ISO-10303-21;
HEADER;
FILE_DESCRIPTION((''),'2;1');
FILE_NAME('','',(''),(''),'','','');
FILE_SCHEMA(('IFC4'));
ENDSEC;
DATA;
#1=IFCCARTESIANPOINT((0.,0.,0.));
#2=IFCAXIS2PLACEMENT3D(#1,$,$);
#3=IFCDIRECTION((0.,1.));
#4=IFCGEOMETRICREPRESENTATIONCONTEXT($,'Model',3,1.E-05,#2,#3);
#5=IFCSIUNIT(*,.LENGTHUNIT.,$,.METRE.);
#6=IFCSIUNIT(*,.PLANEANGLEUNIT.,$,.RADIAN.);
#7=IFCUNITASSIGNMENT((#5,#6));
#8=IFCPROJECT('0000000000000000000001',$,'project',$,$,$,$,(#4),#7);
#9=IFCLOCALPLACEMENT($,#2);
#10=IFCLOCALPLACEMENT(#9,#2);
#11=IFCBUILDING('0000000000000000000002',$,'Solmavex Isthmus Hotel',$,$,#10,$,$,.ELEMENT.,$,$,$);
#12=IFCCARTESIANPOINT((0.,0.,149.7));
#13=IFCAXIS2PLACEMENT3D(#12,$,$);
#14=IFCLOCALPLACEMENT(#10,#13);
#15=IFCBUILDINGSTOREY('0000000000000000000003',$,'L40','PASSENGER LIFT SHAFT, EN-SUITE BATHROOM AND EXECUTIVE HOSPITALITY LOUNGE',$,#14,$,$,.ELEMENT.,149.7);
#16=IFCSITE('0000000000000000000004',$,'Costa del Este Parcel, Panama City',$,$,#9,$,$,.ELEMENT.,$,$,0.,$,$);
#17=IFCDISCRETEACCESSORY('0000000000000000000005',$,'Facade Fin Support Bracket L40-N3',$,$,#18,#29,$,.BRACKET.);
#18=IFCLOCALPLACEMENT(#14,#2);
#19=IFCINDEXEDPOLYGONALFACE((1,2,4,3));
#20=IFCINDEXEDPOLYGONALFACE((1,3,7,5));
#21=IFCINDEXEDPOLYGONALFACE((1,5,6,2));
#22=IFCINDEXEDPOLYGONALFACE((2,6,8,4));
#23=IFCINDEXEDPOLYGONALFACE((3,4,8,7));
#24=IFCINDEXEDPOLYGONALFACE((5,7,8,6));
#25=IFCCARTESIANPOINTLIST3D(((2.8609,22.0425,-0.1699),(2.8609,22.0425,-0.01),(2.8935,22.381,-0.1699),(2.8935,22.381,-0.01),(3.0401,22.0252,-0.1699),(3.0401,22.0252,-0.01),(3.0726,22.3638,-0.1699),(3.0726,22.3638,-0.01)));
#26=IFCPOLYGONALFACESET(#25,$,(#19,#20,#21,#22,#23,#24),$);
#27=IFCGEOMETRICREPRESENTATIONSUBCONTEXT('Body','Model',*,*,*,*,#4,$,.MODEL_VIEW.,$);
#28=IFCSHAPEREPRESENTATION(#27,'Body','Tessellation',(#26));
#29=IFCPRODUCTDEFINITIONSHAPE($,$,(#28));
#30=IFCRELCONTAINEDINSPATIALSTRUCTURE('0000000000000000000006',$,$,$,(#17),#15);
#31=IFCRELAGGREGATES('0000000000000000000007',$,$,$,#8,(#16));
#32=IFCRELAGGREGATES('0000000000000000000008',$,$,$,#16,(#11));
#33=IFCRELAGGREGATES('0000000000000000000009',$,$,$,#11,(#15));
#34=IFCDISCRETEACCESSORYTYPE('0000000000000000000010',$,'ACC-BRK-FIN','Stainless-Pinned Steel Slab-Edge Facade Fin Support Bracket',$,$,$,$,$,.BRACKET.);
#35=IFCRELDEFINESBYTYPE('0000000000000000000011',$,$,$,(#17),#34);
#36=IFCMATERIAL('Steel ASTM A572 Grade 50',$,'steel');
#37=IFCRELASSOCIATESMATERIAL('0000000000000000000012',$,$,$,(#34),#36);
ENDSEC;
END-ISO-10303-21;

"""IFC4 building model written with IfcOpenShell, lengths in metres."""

from ifc_helpers import new_model, si_unit, direction, frame, origin, origin_2d, place, context, subcontext, project, spatial, rectangle, extrude, material, type_object, element, save


model = new_model("IFC4")

# Units and contexts
model_context = context("Model", 3, precision=1e-05, world=origin(), true_north=direction((0.0, 1.0)))
body_context = subcontext(model_context, "Body", "Model", "MODEL_VIEW")
ifc_project = project(units=[si_unit("LENGTHUNIT", "METRE"), si_unit("PLANEANGLEUNIT", "RADIAN")], contexts=[model_context])

# Site, building, storey
site_placement = place(None, origin())
site = spatial("IfcSite", under=ifc_project, at=site_placement, Name="Costa del Este Parcel, Panama City", CompositionType="ELEMENT", RefElevation=0.0)
building_placement = place(site_placement, origin())
building = spatial("IfcBuilding", under=site, at=building_placement, Name="Solmavex Isthmus Hotel", CompositionType="ELEMENT")
storey_placement = place(building_placement, frame((0.0, 0.0, 149.7)))
storey = spatial("IfcBuildingStorey", under=building, at=storey_placement, Name="L40", Description="PASSENGER LIFT SHAFT, EN-SUITE BATHROOM AND EXECUTIVE HOSPITALITY LOUNGE", CompositionType="ELEMENT", Elevation=149.7)

# Discrete accessory
ifc_material_1 = material(Name="Steel ASTM A572 Grade 50", Category="steel")
discrete_accessory_type = type_object("IfcDiscreteAccessoryType", Name="ACC-BRK-FIN", Description="Stainless-Pinned Steel Slab-Edge Facade Fin Support Bracket", PredefinedType="BRACKET", material=ifc_material_1)
discrete_accessory_placement = place(storey_placement, frame((2.9668, 22.2031, -0.1699), z_axis=(0.0, 0.0, 1.0), x_axis=(0.095846, 0.995396, 0.0)))
element("IfcDiscreteAccessory", 1, at=discrete_accessory_placement, inside=storey, type_object=discrete_accessory_type, Name="Facade Fin Support Bracket L40-N3", PredefinedType="BRACKET", context=body_context, shape_type="SweptSolid", body=[
    extrude(rectangle(XDim=0.3401, YDim=0.1799, at=origin_2d()), origin(), (0.0, 0.0, 1.0), 0.1599),
])

save(model, "model.ifc")
